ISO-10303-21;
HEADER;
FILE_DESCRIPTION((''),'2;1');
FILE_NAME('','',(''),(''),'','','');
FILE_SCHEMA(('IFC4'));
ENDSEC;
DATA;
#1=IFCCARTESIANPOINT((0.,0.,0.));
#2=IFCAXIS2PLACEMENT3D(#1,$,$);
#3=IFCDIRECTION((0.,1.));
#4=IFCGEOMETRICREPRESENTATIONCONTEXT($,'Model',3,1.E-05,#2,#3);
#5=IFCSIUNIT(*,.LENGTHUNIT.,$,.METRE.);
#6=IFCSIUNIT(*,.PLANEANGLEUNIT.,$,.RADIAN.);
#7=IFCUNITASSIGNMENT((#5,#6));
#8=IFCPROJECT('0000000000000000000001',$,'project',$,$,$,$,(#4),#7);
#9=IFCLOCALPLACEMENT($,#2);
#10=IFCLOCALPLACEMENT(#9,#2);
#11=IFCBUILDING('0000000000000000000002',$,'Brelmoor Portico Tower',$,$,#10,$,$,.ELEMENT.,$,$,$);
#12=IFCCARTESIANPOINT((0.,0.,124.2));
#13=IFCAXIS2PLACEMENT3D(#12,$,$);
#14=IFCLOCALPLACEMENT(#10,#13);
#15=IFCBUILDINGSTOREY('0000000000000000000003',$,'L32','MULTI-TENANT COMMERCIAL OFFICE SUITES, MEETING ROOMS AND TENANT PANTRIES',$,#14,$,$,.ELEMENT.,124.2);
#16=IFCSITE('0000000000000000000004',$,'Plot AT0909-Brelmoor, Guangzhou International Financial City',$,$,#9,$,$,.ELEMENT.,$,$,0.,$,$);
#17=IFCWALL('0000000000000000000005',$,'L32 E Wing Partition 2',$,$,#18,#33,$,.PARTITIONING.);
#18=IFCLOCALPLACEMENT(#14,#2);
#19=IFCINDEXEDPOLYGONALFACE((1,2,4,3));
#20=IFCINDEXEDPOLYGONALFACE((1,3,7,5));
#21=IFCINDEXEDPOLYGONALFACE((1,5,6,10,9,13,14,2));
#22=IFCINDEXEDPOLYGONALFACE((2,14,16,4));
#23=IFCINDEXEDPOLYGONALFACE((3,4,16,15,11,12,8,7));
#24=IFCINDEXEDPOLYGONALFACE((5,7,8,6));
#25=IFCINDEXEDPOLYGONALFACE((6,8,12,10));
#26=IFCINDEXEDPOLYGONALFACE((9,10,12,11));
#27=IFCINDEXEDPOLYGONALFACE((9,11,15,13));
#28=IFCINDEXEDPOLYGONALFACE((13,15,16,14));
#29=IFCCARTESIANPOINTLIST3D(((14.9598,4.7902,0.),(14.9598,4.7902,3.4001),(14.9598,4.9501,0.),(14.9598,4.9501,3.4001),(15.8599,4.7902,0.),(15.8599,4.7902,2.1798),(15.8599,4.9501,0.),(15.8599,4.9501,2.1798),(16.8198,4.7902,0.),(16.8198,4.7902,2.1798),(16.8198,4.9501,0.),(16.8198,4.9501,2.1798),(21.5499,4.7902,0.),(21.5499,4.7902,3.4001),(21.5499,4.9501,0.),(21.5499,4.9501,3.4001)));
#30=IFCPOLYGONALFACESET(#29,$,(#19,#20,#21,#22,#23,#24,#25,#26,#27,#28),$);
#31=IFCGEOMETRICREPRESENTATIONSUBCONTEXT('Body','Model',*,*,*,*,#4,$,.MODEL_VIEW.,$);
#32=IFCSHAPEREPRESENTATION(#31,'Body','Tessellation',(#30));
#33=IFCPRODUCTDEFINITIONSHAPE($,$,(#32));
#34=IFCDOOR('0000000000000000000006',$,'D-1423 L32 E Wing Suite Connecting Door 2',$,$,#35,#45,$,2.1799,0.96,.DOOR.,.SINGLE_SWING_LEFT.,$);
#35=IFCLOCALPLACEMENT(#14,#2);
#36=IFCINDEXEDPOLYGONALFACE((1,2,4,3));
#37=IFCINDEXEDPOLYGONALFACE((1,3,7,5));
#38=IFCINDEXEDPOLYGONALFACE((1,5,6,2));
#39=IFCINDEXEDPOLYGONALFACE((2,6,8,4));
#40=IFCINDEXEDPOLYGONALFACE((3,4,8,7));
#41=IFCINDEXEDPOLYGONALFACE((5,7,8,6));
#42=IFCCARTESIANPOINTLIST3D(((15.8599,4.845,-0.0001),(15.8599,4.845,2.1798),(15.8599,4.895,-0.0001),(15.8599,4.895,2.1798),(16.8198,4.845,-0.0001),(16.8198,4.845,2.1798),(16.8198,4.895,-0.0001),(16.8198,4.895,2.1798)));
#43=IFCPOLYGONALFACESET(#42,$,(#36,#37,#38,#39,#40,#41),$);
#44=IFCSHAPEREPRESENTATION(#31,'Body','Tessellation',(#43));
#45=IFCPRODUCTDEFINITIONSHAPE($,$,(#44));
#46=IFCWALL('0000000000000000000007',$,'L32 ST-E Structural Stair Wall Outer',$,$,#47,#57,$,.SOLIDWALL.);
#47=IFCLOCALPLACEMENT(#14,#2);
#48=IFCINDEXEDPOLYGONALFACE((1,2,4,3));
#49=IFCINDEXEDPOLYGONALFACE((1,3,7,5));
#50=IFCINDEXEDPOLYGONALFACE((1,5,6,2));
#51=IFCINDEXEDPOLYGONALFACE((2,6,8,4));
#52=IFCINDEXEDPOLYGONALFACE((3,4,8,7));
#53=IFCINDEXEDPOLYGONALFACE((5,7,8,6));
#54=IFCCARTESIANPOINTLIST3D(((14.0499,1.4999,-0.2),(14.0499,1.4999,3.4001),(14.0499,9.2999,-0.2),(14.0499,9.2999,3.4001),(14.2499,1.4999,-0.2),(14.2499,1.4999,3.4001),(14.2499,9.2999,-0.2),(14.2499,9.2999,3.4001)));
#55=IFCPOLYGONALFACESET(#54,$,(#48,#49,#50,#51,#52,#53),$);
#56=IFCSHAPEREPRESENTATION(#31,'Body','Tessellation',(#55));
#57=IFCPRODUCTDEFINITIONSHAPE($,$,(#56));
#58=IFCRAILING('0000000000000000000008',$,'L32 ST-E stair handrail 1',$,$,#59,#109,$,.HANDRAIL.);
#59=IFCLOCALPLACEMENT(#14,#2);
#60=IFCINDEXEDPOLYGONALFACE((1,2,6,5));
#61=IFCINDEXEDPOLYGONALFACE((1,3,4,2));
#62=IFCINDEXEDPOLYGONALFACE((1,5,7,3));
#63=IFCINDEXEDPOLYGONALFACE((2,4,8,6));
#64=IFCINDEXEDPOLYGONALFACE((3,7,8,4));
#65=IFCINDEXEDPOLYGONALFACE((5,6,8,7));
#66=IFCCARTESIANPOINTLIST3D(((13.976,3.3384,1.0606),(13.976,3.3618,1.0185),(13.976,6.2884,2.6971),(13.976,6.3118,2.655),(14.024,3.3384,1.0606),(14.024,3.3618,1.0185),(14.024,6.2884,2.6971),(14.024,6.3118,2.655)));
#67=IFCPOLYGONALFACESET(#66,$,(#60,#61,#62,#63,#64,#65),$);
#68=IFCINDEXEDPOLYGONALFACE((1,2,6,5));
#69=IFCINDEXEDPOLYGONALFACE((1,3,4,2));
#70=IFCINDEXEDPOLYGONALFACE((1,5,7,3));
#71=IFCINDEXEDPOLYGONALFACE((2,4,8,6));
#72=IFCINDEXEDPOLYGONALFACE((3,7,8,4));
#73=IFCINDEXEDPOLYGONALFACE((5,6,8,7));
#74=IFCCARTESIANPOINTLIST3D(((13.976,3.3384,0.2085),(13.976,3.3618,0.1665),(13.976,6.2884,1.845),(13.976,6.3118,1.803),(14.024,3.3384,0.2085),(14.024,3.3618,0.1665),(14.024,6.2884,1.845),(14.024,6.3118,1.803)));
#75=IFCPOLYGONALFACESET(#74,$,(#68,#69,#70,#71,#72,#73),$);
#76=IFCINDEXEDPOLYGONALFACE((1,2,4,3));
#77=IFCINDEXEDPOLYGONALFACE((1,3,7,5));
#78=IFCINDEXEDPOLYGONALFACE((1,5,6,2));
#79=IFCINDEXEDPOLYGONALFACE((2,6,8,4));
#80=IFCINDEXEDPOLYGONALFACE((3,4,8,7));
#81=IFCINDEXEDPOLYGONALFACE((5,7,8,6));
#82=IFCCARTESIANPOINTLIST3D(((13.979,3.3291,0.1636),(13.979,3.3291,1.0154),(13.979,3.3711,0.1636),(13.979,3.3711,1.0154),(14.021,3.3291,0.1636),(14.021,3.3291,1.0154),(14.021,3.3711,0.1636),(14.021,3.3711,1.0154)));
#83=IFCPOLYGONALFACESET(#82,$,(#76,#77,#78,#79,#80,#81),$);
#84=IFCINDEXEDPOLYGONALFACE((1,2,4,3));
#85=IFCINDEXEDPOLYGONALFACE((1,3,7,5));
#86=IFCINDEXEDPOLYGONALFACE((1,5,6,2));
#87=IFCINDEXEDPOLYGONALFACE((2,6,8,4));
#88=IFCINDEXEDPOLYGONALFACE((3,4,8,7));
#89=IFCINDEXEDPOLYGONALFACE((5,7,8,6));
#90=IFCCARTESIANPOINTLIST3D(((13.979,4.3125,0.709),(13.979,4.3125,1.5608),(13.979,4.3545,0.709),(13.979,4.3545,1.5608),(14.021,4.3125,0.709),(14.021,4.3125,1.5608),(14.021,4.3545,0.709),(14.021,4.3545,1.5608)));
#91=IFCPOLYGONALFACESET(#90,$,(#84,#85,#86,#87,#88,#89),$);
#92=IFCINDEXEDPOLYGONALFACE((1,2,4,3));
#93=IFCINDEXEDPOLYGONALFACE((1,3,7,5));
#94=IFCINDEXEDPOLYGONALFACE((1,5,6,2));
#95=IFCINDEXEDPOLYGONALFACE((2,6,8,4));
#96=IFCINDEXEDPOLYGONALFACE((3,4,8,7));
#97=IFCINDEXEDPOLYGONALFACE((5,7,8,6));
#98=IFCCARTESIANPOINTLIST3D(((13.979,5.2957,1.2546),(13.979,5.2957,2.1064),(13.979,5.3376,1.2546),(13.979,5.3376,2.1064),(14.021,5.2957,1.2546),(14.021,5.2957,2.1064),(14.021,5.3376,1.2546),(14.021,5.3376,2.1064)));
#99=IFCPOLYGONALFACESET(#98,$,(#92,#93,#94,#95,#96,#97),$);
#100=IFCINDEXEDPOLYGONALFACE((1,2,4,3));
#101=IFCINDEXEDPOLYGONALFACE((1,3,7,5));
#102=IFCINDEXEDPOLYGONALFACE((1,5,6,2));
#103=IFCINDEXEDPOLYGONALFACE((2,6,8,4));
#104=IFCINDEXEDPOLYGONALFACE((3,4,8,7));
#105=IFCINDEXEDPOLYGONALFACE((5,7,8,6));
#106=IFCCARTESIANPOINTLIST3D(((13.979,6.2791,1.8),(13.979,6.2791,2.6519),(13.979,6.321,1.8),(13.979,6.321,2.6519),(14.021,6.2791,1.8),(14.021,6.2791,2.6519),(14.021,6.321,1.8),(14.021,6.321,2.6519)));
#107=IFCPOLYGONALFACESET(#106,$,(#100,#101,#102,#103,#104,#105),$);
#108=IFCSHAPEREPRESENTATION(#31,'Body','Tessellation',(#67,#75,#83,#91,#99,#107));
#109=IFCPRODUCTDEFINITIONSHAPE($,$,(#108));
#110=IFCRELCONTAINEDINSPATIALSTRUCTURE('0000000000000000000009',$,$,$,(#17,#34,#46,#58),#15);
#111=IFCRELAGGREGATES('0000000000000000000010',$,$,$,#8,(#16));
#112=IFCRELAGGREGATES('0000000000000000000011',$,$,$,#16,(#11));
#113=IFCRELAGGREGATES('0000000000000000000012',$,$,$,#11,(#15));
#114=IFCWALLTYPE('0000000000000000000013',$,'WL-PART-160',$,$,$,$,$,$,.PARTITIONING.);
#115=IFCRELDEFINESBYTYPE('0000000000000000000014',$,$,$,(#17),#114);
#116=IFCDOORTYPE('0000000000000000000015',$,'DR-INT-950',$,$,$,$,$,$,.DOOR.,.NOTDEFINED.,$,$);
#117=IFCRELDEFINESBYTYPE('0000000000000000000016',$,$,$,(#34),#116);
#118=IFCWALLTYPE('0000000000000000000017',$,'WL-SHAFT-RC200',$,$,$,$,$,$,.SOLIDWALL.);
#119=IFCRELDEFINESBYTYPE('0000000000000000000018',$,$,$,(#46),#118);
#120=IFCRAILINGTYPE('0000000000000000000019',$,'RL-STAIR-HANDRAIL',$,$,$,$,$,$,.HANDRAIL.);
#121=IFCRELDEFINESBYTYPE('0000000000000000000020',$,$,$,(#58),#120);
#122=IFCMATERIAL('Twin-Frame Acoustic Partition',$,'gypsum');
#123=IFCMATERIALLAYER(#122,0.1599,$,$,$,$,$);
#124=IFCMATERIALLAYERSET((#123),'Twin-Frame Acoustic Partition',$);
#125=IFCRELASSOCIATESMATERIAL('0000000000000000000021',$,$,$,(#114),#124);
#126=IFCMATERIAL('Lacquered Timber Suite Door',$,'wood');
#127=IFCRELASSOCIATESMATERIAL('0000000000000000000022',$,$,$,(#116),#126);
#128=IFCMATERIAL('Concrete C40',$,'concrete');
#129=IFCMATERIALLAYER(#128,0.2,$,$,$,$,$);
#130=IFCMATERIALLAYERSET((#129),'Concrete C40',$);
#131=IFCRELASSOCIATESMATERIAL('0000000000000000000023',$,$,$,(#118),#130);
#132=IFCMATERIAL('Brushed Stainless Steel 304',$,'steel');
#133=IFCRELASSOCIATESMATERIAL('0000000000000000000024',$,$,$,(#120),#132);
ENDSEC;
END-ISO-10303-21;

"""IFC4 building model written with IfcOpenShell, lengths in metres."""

from ifc_helpers import new_model, si_unit, direction, frame, frame_2d, origin, origin_2d, place, context, subcontext, project, spatial, rectangle, extrude, material, layer, layer_set, type_object, element, fill, save


model = new_model("IFC4")

# Units and contexts
model_context = context("Model", 3, precision=1e-05, world=origin(), true_north=direction((0.0, 1.0)))
body_context = subcontext(model_context, "Body", "Model", "MODEL_VIEW")
ifc_project = project(units=[si_unit("LENGTHUNIT", "METRE"), si_unit("PLANEANGLEUNIT", "RADIAN")], contexts=[model_context])

# Site, building, storey
site_placement = place(None, origin())
site = spatial("IfcSite", under=ifc_project, at=site_placement, Name="Plot AT0909-Brelmoor, Guangzhou International Financial City", CompositionType="ELEMENT", RefElevation=0.0)
building_placement = place(site_placement, origin())
building = spatial("IfcBuilding", under=site, at=building_placement, Name="Brelmoor Portico Tower", CompositionType="ELEMENT")
storey_placement = place(building_placement, frame((0.0, 0.0, 124.2)))
storey = spatial("IfcBuildingStorey", under=building, at=storey_placement, Name="L32", Description="MULTI-TENANT COMMERCIAL OFFICE SUITES, MEETING ROOMS AND TENANT PANTRIES", CompositionType="ELEMENT", Elevation=124.2)

# Wall, opening, door
ifc_material_1 = material(Name="Twin-Frame Acoustic Partition", Category="gypsum")
ifc_layer_1 = layer(ifc_material_1, 0.1599)
ifc_layer_set_1 = layer_set([ifc_layer_1], Name="Twin-Frame Acoustic Partition")
wall_type_1 = type_object("IfcWallType", Name="WL-PART-160", PredefinedType="PARTITIONING", material=ifc_layer_set_1)
wall_1_placement = place(storey_placement, frame((14.96, 4.8701, 0.0), z_axis=(0.0, 0.0, 1.0), x_axis=(1.0, 0.0, 0.0)))
wall_1 = element("IfcWall", 1, at=wall_1_placement, inside=storey, type_object=wall_type_1, Name="L32 E Wing Partition 2", PredefinedType="PARTITIONING", context=body_context, shape_type="SweptSolid", body=[
    extrude(rectangle(XDim=6.5901, YDim=0.1599, at=frame_2d((3.2949, 0.0))), origin(), (0.0, 0.0, 1.0), 3.4001),
])
opening_placement = place(wall_1_placement, frame((0.8999, 0.0, 0.0)))
opening = element("IfcOpeningElement", 2, at=opening_placement, cuts=wall_1, PredefinedType="OPENING", context=body_context, shape_type="SweptSolid", body=[
    extrude(rectangle(XDim=0.96, YDim=2.1799, at=frame_2d((0.48, 1.0898))), frame((0.0, 0.0898, 0.0), z_axis=(0.0, -1.0, 0.0), x_axis=(1.0, 0.0, 0.0)), (0.0, 0.0, 1.0), 0.1799),
])
ifc_material_2 = material(Name="Lacquered Timber Suite Door", Category="wood")
door_type = type_object("IfcDoorType", Name="DR-INT-950", OperationType="NOTDEFINED", PredefinedType="DOOR", material=ifc_material_2)
door_placement = place(opening_placement, origin())
door = element("IfcDoor", 3, at=door_placement, inside=storey, type_object=door_type, Name="D-1423 L32 E Wing Suite Connecting Door 2", OperationType="SINGLE_SWING_LEFT", OverallHeight=2.1799, OverallWidth=0.96, PredefinedType="DOOR", context=body_context, shape_type="SweptSolid", body=[
    extrude(rectangle(XDim=0.96, YDim=2.1799, at=frame_2d((0.48, 1.0898))), frame((0.0, 0.0249, 0.0), z_axis=(0.0, -1.0, 0.0), x_axis=(1.0, 0.0, 0.0)), (0.0, 0.0, 1.0), 0.05),
])
fill(opening, door)

# Wall
ifc_material_3 = material(Name="Concrete C40", Category="concrete")
ifc_layer_2 = layer(ifc_material_3, 0.2)
ifc_layer_set_2 = layer_set([ifc_layer_2], Name="Concrete C40")
wall_type_2 = type_object("IfcWallType", Name="WL-SHAFT-RC200", PredefinedType="SOLIDWALL", material=ifc_layer_set_2)
wall_2_placement = place(storey_placement, frame((14.1499, 1.5, -0.2), z_axis=(0.0, 0.0, 1.0), x_axis=(0.0, 1.0, 0.0)))
element("IfcWall", 4, at=wall_2_placement, inside=storey, type_object=wall_type_2, Name="L32 ST-E Structural Stair Wall Outer", PredefinedType="SOLIDWALL", context=body_context, shape_type="SweptSolid", body=[
    extrude(rectangle(XDim=7.8, YDim=0.2, at=frame_2d((3.8999, 0.0))), origin(), (0.0, 0.0, 1.0), 3.6001),
])

# Railing
ifc_material_4 = material(Name="Brushed Stainless Steel 304", Category="steel")
railing_type = type_object("IfcRailingType", Name="RL-STAIR-HANDRAIL", PredefinedType="HANDRAIL", material=ifc_material_4)
railing_placement = place(storey_placement, frame((14.0, 3.3501, 0.1636)))
element("IfcRailing", 5, at=railing_placement, inside=storey, type_object=railing_type, Name="L32 ST-E stair handrail 1", PredefinedType="HANDRAIL", context=body_context, shape_type="SweptSolid", body=[
    extrude(rectangle(XDim=0.0481, YDim=0.0481, at=origin_2d()), frame((0.0, 0.0, 0.876), z_axis=(0.0, 0.874458, 0.485102), x_axis=(-1.0, 0.0, 0.0)), (0.0, 0.0, 1.0), 3.3735),
    extrude(rectangle(XDim=0.0481, YDim=0.0481, at=origin_2d()), frame((0.0, 0.0, 0.0239), z_axis=(0.0, 0.874458, 0.485102), x_axis=(-1.0, 0.0, 0.0)), (0.0, 0.0, 1.0), 3.3735),
    extrude(rectangle(XDim=0.042, YDim=0.042, at=origin_2d()), origin(), (0.0, 0.0, 1.0), 0.8518),
    extrude(rectangle(XDim=0.042, YDim=0.042, at=origin_2d()), frame((0.0, 0.9834, 0.5454)), (0.0, 0.0, 1.0), 0.8518),
    extrude(rectangle(XDim=0.042, YDim=0.042, at=origin_2d()), frame((0.0, 1.9666, 1.0911)), (0.0, 0.0, 1.0), 0.8518),
    extrude(rectangle(XDim=0.042, YDim=0.042, at=origin_2d()), frame((0.0, 2.95, 1.6365)), (0.0, 0.0, 1.0), 0.8518),
])

save(model, "model.ifc")
